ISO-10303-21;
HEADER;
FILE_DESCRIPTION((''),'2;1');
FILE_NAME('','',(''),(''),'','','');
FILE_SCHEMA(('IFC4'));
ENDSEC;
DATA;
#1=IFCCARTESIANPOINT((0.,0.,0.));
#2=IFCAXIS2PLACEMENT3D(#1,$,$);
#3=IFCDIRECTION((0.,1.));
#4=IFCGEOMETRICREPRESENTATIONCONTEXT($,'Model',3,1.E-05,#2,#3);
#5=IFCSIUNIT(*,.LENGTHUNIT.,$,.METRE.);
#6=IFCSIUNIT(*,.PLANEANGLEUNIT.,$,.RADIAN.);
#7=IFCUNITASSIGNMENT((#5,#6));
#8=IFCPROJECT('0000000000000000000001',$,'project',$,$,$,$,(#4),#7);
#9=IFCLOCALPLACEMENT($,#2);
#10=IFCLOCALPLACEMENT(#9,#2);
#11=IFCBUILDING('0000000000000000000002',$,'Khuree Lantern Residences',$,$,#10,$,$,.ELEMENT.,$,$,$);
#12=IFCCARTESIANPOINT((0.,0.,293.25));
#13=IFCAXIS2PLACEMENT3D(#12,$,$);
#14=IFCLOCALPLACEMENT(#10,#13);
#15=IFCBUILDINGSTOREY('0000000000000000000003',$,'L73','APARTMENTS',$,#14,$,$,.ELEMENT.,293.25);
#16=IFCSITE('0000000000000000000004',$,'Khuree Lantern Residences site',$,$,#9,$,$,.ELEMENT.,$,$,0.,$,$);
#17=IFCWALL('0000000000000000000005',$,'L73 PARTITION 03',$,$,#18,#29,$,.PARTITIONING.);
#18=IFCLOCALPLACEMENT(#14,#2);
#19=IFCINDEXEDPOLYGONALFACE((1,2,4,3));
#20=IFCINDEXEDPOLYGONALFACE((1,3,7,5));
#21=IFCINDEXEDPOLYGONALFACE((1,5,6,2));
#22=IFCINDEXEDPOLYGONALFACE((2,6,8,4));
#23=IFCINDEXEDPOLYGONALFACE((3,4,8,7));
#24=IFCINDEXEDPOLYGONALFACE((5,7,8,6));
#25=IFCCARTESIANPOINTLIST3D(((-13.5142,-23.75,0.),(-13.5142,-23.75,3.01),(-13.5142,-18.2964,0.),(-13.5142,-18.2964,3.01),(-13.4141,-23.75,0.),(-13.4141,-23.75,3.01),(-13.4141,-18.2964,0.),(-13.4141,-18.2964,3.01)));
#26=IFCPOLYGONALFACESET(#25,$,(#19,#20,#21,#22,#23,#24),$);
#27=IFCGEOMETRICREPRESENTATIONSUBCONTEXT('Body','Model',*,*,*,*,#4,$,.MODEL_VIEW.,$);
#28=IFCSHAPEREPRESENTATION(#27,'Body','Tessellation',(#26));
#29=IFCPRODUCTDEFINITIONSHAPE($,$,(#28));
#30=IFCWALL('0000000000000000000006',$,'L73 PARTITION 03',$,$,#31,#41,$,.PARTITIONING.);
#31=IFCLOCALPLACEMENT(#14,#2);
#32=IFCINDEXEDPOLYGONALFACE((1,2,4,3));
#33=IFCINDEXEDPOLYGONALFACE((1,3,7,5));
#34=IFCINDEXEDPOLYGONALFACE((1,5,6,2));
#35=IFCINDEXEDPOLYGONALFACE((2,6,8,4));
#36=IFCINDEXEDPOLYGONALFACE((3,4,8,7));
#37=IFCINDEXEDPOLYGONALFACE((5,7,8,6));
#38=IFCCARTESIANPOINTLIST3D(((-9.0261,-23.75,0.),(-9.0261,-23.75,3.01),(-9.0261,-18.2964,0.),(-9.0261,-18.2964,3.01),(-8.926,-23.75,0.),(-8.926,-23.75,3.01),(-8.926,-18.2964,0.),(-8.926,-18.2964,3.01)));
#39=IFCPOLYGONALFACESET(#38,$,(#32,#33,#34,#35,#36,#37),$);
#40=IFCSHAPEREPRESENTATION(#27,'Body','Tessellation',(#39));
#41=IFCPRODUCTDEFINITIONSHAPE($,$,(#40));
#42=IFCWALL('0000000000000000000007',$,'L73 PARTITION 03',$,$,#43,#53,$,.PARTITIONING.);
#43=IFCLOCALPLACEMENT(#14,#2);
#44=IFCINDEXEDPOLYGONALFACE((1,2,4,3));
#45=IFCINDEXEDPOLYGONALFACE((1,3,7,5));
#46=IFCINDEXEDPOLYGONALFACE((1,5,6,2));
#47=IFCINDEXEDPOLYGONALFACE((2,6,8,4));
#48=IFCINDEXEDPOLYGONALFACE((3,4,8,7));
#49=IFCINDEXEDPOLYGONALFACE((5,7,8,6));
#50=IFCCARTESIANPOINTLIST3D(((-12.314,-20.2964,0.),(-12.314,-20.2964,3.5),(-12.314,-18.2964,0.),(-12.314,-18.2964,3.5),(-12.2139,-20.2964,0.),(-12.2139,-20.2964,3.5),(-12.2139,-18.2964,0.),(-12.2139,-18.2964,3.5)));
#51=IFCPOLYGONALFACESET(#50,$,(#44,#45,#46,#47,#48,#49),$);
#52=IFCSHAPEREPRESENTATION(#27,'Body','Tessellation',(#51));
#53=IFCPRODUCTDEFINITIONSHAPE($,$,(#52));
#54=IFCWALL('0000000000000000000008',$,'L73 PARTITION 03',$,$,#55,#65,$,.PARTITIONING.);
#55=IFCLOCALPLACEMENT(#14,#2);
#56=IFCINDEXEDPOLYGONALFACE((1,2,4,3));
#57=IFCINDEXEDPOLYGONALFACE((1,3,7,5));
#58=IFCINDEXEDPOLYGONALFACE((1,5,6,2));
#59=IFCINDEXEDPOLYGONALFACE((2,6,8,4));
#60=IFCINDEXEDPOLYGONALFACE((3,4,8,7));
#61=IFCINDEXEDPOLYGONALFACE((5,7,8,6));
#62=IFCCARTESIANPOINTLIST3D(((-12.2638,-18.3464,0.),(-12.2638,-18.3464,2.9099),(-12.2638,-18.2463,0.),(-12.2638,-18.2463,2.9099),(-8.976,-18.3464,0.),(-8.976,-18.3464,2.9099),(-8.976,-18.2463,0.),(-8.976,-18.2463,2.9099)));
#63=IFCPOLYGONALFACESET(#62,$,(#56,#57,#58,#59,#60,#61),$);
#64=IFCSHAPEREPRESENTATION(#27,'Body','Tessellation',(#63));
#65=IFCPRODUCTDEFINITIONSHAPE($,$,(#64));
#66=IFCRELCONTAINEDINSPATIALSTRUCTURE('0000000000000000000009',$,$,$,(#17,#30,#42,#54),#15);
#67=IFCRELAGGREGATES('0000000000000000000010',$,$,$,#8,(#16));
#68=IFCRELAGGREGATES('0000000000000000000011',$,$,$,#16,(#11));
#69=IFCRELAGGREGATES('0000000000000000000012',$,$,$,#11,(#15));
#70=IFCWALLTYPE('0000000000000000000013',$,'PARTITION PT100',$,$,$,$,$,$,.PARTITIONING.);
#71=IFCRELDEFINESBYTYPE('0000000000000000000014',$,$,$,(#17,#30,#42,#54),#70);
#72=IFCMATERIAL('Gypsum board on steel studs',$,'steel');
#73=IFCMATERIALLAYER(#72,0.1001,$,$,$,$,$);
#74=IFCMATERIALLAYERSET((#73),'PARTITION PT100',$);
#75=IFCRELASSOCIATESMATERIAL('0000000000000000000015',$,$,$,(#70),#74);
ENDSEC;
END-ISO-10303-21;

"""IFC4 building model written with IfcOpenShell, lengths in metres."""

from ifc_helpers import new_model, si_unit, direction, frame, frame_2d, origin, place, context, subcontext, project, spatial, rectangle, extrude, material, layer, layer_set, type_object, element, save


model = new_model("IFC4")

# Units and contexts
model_context = context("Model", 3, precision=1e-05, world=origin(), true_north=direction((0.0, 1.0)))
body_context = subcontext(model_context, "Body", "Model", "MODEL_VIEW")
ifc_project = project(units=[si_unit("LENGTHUNIT", "METRE"), si_unit("PLANEANGLEUNIT", "RADIAN")], contexts=[model_context])

# Site, building, storey
site_placement = place(None, origin())
site = spatial("IfcSite", under=ifc_project, at=site_placement, Name="Khuree Lantern Residences site", CompositionType="ELEMENT", RefElevation=0.0)
building_placement = place(site_placement, origin())
building = spatial("IfcBuilding", under=site, at=building_placement, Name="Khuree Lantern Residences", CompositionType="ELEMENT")
storey_placement = place(building_placement, frame((0.0, 0.0, 293.25)))
storey = spatial("IfcBuildingStorey", under=building, at=storey_placement, Name="L73", Description="APARTMENTS", CompositionType="ELEMENT", Elevation=293.25)

# Walls
ifc_material_1 = material(Name="Gypsum board on steel studs", Category="steel")
ifc_layer_1 = layer(ifc_material_1, 0.1001)
ifc_layer_set_1 = layer_set([ifc_layer_1], Name="PARTITION PT100")
wall_type_1 = type_object("IfcWallType", Name="PARTITION PT100", PredefinedType="PARTITIONING", material=ifc_layer_set_1)
for number, where, z_axis, x_axis, name in (
    (1, (-13.4641, -18.2964, 0.0), (0.0, 0.0, 1.0), (0.0, -1.0, 0.0), "L73 PARTITION 03"),
    (2, (-8.9761, -18.2964, 0.0), (0.0, 0.0, 1.0), (0.0, -1.0, 0.0), "L73 PARTITION 03"),
):
    element("IfcWall", number, at=place(storey_placement, frame(where, z_axis=z_axis, x_axis=x_axis)), inside=storey, type_object=wall_type_1, Name=name, PredefinedType="PARTITIONING", context=body_context, shape_type="SweptSolid", body=[
        extrude(rectangle(XDim=5.4536, YDim=0.1001, at=frame_2d((2.7268, 0.0))), origin(), (0.0, 0.0, 1.0), 3.01),
    ])
wall_1_placement = place(storey_placement, frame((-12.2639, -18.2964, 0.0), z_axis=(0.0, 0.0, 1.0), x_axis=(0.0, -1.0, 0.0)))
element("IfcWall", 3, at=wall_1_placement, inside=storey, type_object=wall_type_1, Name="L73 PARTITION 03", PredefinedType="PARTITIONING", context=body_context, shape_type="SweptSolid", body=[
    extrude(rectangle(XDim=2.0, YDim=0.1001, at=frame_2d((1.0, 0.0))), origin(), (0.0, 0.0, 1.0), 3.5),
])
wall_2_placement = place(storey_placement, frame((-12.2639, -18.2964, 0.0), z_axis=(0.0, 0.0, 1.0), x_axis=(1.0, 0.0, 0.0)))
element("IfcWall", 4, at=wall_2_placement, inside=storey, type_object=wall_type_1, Name="L73 PARTITION 03", PredefinedType="PARTITIONING", context=body_context, shape_type="SweptSolid", body=[
    extrude(rectangle(XDim=3.2878, YDim=0.1001, at=frame_2d((1.644, 0.0))), origin(), (0.0, 0.0, 1.0), 2.9099),
])

save(model, "model.ifc")
